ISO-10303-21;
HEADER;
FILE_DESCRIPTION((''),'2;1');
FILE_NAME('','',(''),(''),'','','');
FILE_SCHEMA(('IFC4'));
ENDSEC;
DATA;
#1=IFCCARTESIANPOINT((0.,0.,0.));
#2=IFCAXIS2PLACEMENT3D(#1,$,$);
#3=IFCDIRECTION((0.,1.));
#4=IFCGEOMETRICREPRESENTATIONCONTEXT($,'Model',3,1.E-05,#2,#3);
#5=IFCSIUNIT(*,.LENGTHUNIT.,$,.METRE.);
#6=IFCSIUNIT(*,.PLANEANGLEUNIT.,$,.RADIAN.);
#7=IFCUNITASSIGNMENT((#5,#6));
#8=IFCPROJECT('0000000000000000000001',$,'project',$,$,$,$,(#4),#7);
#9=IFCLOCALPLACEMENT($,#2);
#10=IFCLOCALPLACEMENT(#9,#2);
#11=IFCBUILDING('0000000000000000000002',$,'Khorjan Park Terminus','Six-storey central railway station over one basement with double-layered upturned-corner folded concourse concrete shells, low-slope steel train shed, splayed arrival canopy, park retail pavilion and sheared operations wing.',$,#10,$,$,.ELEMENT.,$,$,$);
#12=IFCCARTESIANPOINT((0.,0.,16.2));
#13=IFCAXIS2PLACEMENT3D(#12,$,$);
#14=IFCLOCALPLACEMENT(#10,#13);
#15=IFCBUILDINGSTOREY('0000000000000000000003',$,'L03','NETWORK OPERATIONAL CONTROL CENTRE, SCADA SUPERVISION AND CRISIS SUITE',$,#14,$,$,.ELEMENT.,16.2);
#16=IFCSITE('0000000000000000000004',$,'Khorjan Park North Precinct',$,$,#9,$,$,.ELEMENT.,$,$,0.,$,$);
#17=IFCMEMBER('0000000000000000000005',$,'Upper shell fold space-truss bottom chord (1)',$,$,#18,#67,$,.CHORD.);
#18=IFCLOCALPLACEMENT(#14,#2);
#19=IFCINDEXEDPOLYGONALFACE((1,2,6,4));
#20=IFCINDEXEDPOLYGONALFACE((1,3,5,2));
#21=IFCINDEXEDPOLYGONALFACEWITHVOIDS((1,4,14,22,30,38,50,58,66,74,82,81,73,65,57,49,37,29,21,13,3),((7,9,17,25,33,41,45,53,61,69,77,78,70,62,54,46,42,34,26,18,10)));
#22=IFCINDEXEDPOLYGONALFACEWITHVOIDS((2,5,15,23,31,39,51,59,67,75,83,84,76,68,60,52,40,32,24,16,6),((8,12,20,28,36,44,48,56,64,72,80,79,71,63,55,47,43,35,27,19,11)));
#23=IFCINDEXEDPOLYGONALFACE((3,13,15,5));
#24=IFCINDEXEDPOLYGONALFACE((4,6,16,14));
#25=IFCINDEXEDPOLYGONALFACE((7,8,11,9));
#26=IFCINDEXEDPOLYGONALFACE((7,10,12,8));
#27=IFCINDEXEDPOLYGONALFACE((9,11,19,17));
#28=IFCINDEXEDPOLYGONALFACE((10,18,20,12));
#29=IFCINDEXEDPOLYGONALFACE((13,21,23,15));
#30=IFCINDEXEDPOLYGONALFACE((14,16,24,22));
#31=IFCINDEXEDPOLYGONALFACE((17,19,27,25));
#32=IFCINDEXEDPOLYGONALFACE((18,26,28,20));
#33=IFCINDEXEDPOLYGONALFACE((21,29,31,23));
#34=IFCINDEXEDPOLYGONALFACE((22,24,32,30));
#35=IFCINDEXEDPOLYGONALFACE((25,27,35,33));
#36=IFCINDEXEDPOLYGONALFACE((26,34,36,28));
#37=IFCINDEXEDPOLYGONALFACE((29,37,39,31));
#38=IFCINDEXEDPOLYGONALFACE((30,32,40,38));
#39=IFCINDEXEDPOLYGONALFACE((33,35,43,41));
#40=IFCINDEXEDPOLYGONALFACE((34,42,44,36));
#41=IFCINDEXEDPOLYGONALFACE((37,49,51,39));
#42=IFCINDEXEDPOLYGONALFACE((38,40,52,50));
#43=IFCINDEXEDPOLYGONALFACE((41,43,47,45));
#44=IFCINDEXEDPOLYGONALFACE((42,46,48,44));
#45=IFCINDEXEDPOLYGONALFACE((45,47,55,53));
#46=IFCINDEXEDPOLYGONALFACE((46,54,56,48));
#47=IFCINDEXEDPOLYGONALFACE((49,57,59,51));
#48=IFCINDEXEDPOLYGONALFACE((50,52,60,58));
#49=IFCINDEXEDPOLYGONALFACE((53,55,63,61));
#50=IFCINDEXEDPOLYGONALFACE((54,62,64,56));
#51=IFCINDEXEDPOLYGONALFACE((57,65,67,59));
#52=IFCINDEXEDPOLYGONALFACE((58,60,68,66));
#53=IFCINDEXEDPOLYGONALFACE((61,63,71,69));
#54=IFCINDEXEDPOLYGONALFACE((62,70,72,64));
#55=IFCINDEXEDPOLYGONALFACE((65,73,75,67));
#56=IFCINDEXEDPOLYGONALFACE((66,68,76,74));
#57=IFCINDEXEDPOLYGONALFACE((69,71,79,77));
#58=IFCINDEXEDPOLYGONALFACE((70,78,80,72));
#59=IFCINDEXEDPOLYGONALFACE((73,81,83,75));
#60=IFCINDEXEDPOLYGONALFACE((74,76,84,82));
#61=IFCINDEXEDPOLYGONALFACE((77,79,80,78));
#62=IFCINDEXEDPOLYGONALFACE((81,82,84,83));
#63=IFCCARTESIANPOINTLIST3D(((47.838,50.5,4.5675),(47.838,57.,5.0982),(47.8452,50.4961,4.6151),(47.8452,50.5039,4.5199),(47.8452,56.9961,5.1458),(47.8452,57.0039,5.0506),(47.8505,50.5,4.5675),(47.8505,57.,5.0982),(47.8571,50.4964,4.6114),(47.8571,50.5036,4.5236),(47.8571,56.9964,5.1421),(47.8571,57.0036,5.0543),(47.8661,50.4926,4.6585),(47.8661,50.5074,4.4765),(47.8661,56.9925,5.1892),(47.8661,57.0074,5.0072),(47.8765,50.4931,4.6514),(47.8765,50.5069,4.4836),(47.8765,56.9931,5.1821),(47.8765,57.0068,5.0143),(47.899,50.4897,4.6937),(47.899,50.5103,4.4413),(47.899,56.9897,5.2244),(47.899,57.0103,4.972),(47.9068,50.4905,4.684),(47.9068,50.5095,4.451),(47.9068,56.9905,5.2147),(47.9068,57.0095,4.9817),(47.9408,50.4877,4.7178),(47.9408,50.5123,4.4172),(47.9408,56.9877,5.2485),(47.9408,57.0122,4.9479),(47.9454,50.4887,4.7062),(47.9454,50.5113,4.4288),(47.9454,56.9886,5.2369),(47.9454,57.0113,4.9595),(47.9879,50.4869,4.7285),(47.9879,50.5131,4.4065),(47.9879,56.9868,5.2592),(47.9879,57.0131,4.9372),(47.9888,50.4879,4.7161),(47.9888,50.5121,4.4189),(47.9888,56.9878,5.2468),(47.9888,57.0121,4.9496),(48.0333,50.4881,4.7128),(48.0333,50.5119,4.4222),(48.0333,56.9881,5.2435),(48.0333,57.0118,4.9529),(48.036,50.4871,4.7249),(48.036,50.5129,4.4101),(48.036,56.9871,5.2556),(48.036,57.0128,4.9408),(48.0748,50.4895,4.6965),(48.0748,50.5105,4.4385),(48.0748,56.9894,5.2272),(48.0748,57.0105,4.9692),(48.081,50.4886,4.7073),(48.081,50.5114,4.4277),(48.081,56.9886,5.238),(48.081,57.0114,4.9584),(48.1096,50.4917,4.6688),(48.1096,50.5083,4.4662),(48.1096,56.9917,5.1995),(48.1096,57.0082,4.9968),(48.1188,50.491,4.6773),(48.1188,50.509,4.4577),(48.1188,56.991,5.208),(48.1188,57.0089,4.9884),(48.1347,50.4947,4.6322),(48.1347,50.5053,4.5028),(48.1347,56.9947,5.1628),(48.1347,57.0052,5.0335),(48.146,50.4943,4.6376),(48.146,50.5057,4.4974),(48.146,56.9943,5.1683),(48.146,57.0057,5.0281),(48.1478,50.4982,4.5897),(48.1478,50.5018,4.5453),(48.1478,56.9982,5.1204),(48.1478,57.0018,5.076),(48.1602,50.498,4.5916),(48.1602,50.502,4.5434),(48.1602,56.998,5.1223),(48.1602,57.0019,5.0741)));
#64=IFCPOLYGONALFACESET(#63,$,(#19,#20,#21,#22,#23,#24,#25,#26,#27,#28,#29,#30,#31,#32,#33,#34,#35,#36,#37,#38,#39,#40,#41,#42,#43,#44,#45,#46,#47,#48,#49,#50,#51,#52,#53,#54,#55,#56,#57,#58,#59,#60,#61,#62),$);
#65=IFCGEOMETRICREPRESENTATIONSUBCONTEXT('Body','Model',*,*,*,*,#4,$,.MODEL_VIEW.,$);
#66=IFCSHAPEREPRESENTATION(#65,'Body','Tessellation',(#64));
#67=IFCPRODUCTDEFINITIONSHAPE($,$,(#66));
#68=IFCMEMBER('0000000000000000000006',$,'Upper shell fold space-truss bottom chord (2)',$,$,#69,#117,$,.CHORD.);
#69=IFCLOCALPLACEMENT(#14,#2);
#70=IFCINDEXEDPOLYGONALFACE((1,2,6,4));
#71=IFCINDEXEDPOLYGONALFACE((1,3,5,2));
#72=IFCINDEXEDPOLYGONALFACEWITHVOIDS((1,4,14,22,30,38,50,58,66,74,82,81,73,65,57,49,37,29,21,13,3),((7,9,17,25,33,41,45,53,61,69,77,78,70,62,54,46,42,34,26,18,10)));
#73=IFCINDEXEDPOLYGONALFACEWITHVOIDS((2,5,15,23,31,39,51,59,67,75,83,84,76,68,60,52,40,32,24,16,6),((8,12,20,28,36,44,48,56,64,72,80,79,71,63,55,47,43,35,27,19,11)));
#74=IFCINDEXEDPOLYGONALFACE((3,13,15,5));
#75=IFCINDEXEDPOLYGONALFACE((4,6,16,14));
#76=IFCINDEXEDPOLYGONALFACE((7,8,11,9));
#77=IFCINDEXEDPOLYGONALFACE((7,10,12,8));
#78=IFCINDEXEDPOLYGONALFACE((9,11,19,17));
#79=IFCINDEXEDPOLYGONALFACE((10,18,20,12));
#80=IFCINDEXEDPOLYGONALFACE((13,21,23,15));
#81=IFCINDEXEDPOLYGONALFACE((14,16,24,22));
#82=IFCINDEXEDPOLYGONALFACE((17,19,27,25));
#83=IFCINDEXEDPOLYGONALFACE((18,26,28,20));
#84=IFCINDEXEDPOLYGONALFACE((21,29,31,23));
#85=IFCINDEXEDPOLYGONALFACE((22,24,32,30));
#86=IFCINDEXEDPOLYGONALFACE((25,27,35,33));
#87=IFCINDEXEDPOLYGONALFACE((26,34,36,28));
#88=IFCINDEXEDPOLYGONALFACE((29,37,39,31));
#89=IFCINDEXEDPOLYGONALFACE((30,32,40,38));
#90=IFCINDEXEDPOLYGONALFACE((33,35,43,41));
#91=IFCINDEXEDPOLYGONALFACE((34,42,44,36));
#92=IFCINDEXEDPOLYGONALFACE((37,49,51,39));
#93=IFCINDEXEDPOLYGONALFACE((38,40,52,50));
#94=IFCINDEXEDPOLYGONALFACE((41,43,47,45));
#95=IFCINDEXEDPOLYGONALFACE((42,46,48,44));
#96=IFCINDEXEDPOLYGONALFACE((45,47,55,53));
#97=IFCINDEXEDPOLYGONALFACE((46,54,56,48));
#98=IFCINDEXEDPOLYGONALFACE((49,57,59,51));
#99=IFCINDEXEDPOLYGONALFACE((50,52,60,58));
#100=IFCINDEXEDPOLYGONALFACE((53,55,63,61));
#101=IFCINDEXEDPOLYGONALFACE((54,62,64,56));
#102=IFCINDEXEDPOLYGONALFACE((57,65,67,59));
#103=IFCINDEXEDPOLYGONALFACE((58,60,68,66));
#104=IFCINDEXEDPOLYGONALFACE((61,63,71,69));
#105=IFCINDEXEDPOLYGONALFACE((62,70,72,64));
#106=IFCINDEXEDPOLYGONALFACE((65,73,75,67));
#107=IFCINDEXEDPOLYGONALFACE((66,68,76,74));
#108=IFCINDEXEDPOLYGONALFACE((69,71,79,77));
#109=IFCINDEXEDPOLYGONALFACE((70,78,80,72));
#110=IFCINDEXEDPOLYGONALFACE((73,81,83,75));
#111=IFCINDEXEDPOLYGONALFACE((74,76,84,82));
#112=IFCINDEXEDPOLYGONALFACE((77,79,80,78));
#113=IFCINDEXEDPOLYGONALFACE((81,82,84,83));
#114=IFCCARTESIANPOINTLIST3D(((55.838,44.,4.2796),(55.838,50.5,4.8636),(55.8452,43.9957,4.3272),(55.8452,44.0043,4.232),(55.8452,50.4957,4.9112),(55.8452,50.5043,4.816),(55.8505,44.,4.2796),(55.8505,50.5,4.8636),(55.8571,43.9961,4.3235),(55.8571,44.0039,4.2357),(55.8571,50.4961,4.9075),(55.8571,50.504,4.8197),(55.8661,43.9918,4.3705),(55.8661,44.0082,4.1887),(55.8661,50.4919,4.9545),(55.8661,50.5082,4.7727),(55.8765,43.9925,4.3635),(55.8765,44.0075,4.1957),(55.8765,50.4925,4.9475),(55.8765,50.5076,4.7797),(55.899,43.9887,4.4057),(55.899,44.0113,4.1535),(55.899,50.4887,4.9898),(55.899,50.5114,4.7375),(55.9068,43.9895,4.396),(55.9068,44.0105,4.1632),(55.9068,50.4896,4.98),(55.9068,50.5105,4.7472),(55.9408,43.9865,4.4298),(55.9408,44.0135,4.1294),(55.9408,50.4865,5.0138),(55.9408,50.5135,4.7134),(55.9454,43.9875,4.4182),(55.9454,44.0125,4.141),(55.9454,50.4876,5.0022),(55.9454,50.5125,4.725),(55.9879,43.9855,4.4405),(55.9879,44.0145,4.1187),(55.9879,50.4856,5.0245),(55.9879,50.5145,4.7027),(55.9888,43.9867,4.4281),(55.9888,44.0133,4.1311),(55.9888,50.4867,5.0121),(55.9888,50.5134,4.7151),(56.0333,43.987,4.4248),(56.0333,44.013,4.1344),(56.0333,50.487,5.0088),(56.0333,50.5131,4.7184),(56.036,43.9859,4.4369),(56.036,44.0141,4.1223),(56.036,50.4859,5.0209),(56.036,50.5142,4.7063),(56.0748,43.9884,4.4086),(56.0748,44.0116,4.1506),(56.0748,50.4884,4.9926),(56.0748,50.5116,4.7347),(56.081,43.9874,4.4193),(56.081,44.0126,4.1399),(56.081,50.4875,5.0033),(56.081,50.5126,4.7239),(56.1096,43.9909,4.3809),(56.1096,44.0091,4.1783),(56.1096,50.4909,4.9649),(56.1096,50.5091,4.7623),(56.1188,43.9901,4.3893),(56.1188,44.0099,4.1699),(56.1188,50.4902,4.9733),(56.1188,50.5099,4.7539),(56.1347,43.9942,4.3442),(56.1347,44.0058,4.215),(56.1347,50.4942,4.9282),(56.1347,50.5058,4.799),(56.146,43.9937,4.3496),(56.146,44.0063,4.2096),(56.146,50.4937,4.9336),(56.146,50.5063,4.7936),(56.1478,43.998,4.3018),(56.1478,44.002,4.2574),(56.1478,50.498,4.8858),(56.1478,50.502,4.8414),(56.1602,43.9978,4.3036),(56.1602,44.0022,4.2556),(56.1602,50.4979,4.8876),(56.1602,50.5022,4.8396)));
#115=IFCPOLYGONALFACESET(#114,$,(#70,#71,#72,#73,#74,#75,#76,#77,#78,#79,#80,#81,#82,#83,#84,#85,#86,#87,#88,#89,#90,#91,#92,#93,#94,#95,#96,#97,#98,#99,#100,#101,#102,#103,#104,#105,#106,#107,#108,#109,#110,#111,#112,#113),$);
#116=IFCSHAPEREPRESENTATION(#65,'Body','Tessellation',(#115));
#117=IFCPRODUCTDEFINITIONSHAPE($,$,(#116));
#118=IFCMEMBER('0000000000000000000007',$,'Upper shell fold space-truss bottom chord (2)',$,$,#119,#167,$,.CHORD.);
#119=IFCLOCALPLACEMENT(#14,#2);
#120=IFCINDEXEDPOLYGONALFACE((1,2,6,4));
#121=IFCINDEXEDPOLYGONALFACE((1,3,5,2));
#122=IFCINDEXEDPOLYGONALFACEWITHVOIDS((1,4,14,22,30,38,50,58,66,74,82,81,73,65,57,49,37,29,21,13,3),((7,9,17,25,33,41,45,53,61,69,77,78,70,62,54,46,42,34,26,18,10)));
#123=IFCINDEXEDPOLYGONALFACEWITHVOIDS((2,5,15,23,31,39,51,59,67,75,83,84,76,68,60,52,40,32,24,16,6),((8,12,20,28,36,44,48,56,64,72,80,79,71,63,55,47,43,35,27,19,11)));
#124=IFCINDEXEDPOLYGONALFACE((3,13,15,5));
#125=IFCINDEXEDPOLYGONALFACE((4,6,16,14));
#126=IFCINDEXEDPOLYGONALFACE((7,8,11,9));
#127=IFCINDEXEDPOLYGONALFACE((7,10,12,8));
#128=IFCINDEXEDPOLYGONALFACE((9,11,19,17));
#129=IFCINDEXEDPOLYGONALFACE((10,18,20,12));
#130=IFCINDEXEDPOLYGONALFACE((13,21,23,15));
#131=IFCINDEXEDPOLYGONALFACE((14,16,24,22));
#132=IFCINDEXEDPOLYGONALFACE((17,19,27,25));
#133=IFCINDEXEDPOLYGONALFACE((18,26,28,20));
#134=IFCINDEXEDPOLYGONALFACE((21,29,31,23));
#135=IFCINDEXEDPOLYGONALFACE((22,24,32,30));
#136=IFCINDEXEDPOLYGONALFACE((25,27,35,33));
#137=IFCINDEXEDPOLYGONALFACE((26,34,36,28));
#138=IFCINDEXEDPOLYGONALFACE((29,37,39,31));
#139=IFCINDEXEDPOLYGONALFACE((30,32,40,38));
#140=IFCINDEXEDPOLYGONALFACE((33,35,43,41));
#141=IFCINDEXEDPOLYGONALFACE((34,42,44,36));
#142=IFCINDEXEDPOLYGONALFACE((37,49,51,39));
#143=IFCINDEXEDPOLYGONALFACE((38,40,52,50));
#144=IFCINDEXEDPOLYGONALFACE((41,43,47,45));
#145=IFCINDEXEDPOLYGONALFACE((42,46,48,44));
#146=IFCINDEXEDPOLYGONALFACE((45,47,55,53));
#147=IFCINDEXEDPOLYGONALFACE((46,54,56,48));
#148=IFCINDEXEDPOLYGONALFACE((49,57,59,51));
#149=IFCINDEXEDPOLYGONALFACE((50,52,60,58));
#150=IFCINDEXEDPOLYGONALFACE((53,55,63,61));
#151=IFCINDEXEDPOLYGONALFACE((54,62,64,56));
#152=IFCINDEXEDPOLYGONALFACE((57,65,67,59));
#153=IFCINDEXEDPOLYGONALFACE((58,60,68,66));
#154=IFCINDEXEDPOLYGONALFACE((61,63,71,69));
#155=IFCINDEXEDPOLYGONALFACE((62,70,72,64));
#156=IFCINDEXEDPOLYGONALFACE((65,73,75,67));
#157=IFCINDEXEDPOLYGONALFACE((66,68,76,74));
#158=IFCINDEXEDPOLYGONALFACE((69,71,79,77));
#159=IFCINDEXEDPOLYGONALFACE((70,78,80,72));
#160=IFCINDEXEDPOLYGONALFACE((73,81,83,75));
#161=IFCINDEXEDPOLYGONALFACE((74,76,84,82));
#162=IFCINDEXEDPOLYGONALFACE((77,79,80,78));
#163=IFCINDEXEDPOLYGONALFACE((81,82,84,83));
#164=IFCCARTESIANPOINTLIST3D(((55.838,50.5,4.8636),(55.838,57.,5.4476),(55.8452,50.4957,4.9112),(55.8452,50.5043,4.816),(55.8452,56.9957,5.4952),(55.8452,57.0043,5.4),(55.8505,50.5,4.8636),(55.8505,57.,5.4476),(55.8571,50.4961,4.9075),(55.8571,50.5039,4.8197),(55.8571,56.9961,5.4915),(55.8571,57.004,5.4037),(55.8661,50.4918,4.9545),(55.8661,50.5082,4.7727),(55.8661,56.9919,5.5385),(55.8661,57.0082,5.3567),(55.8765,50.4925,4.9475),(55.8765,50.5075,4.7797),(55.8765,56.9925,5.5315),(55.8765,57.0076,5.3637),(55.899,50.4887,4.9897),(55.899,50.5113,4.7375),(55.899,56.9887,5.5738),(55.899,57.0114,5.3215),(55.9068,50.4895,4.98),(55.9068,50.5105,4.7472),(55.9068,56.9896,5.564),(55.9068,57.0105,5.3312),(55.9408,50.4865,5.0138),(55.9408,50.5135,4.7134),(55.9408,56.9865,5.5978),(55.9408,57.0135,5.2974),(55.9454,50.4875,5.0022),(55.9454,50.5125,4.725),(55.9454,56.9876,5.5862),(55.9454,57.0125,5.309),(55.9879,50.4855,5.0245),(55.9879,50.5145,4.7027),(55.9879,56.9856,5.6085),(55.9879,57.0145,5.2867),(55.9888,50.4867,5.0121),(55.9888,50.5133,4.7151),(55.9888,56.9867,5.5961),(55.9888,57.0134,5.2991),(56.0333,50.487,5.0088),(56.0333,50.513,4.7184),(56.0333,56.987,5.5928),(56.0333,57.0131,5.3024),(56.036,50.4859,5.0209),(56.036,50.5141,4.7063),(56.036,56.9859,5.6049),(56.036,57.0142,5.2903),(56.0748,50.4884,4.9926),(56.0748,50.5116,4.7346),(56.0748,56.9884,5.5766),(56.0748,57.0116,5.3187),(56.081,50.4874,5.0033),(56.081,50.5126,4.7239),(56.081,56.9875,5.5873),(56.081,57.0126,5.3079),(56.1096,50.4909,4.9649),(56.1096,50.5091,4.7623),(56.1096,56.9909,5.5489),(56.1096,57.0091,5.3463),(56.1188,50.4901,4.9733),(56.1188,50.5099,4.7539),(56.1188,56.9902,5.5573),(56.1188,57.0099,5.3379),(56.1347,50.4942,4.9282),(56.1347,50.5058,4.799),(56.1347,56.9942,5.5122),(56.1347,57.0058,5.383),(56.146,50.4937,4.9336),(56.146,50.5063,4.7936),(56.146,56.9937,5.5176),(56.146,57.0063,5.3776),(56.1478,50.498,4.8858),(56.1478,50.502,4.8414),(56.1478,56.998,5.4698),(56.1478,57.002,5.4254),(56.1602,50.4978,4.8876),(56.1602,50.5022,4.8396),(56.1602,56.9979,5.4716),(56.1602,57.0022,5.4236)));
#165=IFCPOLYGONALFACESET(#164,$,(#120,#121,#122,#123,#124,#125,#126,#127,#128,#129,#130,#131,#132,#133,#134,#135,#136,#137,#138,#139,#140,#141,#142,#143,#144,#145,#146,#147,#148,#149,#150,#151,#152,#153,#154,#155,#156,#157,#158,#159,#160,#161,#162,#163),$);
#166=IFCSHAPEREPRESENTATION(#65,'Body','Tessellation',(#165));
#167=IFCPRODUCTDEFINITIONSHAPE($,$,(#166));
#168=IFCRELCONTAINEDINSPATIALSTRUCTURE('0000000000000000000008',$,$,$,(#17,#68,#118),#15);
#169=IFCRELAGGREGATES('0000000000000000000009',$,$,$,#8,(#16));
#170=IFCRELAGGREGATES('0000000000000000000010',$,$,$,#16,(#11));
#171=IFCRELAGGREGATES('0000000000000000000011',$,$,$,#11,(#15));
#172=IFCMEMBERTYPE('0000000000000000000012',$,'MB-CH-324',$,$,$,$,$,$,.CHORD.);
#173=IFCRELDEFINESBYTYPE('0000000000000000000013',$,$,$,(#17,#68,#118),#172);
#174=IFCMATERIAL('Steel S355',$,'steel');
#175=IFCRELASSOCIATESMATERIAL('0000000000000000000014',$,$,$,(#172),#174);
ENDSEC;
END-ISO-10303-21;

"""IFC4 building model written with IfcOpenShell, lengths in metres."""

from ifc_helpers import new_model, si_unit, direction, frame, origin, origin_2d, place, context, subcontext, project, spatial, hollow_circle, extrude, material, material_profile, profile_set, type_object, element, save


model = new_model("IFC4")

# Units and contexts
model_context = context("Model", 3, precision=1e-05, world=origin(), true_north=direction((0.0, 1.0)))
body_context = subcontext(model_context, "Body", "Model", "MODEL_VIEW")
ifc_project = project(units=[si_unit("LENGTHUNIT", "METRE"), si_unit("PLANEANGLEUNIT", "RADIAN")], contexts=[model_context])

# Site, building, storey
site_placement = place(None, origin())
site = spatial("IfcSite", under=ifc_project, at=site_placement, Name="Khorjan Park North Precinct", CompositionType="ELEMENT", RefElevation=0.0)
building_placement = place(site_placement, origin())
building = spatial("IfcBuilding", under=site, at=building_placement, Name="Khorjan Park Terminus", Description="Six-storey central railway station over one basement with double-layered upturned-corner folded concourse concrete shells, low-slope steel train shed, splayed arrival canopy, park retail pavilion and sheared operations wing.", CompositionType="ELEMENT")
storey_placement = place(building_placement, frame((0.0, 0.0, 16.2)))
storey = spatial("IfcBuildingStorey", under=building, at=storey_placement, Name="L03", Description="NETWORK OPERATIONAL CONTROL CENTRE, SCADA SUPERVISION AND CRISIS SUITE", CompositionType="ELEMENT", Elevation=16.2)

# Members
ifc_material_1 = material(Name="Steel S355", Category="steel")
ifc_material_profile_1 = material_profile(ifc_material_1, hollow_circle(Radius=0.162, WallThickness=0.0125, at=origin_2d()), Name="CHS 323.9x12.5")
ifc_profile_set_1 = profile_set([ifc_material_profile_1], Name="Steel S355")
member_type_1 = type_object("IfcMemberType", Name="MB-CH-324", PredefinedType="CHORD", material=ifc_profile_set_1)
member_1_placement = place(storey_placement, frame((48.0, 50.5, 4.5675), z_axis=(0.0, 0.996684, 0.081375), x_axis=(-1.0, 0.0, 0.0)))
element("IfcMember", 1, at=member_1_placement, inside=storey, type_object=member_type_1, Name="Upper shell fold space-truss bottom chord (1)", PredefinedType="CHORD", context=body_context, shape_type="SweptSolid", body=[
    extrude(hollow_circle(Radius=0.162, WallThickness=0.0125, at=origin_2d()), origin(), (0.0, 0.0, 1.0), 6.5216),
])
for number, where, z_axis, x_axis, name in (
    (2, (56.0, 44.0, 4.2796), (0.0, 0.995988, 0.089486), (-1.0, 0.0, 0.0), "Upper shell fold space-truss bottom chord (2)"),
    (3, (56.0, 50.5, 4.8636), (0.0, 0.995988, 0.089486), (-1.0, 0.0, 0.0), "Upper shell fold space-truss bottom chord (2)"),
):
    element("IfcMember", number, at=place(storey_placement, frame(where, z_axis=z_axis, x_axis=x_axis)), inside=storey, type_object=member_type_1, Name=name, PredefinedType="CHORD", context=body_context, shape_type="SweptSolid", body=[
        extrude(hollow_circle(Radius=0.162, WallThickness=0.0125, at=origin_2d()), origin(), (0.0, 0.0, 1.0), 6.5262),
    ])

save(model, "model.ifc")
